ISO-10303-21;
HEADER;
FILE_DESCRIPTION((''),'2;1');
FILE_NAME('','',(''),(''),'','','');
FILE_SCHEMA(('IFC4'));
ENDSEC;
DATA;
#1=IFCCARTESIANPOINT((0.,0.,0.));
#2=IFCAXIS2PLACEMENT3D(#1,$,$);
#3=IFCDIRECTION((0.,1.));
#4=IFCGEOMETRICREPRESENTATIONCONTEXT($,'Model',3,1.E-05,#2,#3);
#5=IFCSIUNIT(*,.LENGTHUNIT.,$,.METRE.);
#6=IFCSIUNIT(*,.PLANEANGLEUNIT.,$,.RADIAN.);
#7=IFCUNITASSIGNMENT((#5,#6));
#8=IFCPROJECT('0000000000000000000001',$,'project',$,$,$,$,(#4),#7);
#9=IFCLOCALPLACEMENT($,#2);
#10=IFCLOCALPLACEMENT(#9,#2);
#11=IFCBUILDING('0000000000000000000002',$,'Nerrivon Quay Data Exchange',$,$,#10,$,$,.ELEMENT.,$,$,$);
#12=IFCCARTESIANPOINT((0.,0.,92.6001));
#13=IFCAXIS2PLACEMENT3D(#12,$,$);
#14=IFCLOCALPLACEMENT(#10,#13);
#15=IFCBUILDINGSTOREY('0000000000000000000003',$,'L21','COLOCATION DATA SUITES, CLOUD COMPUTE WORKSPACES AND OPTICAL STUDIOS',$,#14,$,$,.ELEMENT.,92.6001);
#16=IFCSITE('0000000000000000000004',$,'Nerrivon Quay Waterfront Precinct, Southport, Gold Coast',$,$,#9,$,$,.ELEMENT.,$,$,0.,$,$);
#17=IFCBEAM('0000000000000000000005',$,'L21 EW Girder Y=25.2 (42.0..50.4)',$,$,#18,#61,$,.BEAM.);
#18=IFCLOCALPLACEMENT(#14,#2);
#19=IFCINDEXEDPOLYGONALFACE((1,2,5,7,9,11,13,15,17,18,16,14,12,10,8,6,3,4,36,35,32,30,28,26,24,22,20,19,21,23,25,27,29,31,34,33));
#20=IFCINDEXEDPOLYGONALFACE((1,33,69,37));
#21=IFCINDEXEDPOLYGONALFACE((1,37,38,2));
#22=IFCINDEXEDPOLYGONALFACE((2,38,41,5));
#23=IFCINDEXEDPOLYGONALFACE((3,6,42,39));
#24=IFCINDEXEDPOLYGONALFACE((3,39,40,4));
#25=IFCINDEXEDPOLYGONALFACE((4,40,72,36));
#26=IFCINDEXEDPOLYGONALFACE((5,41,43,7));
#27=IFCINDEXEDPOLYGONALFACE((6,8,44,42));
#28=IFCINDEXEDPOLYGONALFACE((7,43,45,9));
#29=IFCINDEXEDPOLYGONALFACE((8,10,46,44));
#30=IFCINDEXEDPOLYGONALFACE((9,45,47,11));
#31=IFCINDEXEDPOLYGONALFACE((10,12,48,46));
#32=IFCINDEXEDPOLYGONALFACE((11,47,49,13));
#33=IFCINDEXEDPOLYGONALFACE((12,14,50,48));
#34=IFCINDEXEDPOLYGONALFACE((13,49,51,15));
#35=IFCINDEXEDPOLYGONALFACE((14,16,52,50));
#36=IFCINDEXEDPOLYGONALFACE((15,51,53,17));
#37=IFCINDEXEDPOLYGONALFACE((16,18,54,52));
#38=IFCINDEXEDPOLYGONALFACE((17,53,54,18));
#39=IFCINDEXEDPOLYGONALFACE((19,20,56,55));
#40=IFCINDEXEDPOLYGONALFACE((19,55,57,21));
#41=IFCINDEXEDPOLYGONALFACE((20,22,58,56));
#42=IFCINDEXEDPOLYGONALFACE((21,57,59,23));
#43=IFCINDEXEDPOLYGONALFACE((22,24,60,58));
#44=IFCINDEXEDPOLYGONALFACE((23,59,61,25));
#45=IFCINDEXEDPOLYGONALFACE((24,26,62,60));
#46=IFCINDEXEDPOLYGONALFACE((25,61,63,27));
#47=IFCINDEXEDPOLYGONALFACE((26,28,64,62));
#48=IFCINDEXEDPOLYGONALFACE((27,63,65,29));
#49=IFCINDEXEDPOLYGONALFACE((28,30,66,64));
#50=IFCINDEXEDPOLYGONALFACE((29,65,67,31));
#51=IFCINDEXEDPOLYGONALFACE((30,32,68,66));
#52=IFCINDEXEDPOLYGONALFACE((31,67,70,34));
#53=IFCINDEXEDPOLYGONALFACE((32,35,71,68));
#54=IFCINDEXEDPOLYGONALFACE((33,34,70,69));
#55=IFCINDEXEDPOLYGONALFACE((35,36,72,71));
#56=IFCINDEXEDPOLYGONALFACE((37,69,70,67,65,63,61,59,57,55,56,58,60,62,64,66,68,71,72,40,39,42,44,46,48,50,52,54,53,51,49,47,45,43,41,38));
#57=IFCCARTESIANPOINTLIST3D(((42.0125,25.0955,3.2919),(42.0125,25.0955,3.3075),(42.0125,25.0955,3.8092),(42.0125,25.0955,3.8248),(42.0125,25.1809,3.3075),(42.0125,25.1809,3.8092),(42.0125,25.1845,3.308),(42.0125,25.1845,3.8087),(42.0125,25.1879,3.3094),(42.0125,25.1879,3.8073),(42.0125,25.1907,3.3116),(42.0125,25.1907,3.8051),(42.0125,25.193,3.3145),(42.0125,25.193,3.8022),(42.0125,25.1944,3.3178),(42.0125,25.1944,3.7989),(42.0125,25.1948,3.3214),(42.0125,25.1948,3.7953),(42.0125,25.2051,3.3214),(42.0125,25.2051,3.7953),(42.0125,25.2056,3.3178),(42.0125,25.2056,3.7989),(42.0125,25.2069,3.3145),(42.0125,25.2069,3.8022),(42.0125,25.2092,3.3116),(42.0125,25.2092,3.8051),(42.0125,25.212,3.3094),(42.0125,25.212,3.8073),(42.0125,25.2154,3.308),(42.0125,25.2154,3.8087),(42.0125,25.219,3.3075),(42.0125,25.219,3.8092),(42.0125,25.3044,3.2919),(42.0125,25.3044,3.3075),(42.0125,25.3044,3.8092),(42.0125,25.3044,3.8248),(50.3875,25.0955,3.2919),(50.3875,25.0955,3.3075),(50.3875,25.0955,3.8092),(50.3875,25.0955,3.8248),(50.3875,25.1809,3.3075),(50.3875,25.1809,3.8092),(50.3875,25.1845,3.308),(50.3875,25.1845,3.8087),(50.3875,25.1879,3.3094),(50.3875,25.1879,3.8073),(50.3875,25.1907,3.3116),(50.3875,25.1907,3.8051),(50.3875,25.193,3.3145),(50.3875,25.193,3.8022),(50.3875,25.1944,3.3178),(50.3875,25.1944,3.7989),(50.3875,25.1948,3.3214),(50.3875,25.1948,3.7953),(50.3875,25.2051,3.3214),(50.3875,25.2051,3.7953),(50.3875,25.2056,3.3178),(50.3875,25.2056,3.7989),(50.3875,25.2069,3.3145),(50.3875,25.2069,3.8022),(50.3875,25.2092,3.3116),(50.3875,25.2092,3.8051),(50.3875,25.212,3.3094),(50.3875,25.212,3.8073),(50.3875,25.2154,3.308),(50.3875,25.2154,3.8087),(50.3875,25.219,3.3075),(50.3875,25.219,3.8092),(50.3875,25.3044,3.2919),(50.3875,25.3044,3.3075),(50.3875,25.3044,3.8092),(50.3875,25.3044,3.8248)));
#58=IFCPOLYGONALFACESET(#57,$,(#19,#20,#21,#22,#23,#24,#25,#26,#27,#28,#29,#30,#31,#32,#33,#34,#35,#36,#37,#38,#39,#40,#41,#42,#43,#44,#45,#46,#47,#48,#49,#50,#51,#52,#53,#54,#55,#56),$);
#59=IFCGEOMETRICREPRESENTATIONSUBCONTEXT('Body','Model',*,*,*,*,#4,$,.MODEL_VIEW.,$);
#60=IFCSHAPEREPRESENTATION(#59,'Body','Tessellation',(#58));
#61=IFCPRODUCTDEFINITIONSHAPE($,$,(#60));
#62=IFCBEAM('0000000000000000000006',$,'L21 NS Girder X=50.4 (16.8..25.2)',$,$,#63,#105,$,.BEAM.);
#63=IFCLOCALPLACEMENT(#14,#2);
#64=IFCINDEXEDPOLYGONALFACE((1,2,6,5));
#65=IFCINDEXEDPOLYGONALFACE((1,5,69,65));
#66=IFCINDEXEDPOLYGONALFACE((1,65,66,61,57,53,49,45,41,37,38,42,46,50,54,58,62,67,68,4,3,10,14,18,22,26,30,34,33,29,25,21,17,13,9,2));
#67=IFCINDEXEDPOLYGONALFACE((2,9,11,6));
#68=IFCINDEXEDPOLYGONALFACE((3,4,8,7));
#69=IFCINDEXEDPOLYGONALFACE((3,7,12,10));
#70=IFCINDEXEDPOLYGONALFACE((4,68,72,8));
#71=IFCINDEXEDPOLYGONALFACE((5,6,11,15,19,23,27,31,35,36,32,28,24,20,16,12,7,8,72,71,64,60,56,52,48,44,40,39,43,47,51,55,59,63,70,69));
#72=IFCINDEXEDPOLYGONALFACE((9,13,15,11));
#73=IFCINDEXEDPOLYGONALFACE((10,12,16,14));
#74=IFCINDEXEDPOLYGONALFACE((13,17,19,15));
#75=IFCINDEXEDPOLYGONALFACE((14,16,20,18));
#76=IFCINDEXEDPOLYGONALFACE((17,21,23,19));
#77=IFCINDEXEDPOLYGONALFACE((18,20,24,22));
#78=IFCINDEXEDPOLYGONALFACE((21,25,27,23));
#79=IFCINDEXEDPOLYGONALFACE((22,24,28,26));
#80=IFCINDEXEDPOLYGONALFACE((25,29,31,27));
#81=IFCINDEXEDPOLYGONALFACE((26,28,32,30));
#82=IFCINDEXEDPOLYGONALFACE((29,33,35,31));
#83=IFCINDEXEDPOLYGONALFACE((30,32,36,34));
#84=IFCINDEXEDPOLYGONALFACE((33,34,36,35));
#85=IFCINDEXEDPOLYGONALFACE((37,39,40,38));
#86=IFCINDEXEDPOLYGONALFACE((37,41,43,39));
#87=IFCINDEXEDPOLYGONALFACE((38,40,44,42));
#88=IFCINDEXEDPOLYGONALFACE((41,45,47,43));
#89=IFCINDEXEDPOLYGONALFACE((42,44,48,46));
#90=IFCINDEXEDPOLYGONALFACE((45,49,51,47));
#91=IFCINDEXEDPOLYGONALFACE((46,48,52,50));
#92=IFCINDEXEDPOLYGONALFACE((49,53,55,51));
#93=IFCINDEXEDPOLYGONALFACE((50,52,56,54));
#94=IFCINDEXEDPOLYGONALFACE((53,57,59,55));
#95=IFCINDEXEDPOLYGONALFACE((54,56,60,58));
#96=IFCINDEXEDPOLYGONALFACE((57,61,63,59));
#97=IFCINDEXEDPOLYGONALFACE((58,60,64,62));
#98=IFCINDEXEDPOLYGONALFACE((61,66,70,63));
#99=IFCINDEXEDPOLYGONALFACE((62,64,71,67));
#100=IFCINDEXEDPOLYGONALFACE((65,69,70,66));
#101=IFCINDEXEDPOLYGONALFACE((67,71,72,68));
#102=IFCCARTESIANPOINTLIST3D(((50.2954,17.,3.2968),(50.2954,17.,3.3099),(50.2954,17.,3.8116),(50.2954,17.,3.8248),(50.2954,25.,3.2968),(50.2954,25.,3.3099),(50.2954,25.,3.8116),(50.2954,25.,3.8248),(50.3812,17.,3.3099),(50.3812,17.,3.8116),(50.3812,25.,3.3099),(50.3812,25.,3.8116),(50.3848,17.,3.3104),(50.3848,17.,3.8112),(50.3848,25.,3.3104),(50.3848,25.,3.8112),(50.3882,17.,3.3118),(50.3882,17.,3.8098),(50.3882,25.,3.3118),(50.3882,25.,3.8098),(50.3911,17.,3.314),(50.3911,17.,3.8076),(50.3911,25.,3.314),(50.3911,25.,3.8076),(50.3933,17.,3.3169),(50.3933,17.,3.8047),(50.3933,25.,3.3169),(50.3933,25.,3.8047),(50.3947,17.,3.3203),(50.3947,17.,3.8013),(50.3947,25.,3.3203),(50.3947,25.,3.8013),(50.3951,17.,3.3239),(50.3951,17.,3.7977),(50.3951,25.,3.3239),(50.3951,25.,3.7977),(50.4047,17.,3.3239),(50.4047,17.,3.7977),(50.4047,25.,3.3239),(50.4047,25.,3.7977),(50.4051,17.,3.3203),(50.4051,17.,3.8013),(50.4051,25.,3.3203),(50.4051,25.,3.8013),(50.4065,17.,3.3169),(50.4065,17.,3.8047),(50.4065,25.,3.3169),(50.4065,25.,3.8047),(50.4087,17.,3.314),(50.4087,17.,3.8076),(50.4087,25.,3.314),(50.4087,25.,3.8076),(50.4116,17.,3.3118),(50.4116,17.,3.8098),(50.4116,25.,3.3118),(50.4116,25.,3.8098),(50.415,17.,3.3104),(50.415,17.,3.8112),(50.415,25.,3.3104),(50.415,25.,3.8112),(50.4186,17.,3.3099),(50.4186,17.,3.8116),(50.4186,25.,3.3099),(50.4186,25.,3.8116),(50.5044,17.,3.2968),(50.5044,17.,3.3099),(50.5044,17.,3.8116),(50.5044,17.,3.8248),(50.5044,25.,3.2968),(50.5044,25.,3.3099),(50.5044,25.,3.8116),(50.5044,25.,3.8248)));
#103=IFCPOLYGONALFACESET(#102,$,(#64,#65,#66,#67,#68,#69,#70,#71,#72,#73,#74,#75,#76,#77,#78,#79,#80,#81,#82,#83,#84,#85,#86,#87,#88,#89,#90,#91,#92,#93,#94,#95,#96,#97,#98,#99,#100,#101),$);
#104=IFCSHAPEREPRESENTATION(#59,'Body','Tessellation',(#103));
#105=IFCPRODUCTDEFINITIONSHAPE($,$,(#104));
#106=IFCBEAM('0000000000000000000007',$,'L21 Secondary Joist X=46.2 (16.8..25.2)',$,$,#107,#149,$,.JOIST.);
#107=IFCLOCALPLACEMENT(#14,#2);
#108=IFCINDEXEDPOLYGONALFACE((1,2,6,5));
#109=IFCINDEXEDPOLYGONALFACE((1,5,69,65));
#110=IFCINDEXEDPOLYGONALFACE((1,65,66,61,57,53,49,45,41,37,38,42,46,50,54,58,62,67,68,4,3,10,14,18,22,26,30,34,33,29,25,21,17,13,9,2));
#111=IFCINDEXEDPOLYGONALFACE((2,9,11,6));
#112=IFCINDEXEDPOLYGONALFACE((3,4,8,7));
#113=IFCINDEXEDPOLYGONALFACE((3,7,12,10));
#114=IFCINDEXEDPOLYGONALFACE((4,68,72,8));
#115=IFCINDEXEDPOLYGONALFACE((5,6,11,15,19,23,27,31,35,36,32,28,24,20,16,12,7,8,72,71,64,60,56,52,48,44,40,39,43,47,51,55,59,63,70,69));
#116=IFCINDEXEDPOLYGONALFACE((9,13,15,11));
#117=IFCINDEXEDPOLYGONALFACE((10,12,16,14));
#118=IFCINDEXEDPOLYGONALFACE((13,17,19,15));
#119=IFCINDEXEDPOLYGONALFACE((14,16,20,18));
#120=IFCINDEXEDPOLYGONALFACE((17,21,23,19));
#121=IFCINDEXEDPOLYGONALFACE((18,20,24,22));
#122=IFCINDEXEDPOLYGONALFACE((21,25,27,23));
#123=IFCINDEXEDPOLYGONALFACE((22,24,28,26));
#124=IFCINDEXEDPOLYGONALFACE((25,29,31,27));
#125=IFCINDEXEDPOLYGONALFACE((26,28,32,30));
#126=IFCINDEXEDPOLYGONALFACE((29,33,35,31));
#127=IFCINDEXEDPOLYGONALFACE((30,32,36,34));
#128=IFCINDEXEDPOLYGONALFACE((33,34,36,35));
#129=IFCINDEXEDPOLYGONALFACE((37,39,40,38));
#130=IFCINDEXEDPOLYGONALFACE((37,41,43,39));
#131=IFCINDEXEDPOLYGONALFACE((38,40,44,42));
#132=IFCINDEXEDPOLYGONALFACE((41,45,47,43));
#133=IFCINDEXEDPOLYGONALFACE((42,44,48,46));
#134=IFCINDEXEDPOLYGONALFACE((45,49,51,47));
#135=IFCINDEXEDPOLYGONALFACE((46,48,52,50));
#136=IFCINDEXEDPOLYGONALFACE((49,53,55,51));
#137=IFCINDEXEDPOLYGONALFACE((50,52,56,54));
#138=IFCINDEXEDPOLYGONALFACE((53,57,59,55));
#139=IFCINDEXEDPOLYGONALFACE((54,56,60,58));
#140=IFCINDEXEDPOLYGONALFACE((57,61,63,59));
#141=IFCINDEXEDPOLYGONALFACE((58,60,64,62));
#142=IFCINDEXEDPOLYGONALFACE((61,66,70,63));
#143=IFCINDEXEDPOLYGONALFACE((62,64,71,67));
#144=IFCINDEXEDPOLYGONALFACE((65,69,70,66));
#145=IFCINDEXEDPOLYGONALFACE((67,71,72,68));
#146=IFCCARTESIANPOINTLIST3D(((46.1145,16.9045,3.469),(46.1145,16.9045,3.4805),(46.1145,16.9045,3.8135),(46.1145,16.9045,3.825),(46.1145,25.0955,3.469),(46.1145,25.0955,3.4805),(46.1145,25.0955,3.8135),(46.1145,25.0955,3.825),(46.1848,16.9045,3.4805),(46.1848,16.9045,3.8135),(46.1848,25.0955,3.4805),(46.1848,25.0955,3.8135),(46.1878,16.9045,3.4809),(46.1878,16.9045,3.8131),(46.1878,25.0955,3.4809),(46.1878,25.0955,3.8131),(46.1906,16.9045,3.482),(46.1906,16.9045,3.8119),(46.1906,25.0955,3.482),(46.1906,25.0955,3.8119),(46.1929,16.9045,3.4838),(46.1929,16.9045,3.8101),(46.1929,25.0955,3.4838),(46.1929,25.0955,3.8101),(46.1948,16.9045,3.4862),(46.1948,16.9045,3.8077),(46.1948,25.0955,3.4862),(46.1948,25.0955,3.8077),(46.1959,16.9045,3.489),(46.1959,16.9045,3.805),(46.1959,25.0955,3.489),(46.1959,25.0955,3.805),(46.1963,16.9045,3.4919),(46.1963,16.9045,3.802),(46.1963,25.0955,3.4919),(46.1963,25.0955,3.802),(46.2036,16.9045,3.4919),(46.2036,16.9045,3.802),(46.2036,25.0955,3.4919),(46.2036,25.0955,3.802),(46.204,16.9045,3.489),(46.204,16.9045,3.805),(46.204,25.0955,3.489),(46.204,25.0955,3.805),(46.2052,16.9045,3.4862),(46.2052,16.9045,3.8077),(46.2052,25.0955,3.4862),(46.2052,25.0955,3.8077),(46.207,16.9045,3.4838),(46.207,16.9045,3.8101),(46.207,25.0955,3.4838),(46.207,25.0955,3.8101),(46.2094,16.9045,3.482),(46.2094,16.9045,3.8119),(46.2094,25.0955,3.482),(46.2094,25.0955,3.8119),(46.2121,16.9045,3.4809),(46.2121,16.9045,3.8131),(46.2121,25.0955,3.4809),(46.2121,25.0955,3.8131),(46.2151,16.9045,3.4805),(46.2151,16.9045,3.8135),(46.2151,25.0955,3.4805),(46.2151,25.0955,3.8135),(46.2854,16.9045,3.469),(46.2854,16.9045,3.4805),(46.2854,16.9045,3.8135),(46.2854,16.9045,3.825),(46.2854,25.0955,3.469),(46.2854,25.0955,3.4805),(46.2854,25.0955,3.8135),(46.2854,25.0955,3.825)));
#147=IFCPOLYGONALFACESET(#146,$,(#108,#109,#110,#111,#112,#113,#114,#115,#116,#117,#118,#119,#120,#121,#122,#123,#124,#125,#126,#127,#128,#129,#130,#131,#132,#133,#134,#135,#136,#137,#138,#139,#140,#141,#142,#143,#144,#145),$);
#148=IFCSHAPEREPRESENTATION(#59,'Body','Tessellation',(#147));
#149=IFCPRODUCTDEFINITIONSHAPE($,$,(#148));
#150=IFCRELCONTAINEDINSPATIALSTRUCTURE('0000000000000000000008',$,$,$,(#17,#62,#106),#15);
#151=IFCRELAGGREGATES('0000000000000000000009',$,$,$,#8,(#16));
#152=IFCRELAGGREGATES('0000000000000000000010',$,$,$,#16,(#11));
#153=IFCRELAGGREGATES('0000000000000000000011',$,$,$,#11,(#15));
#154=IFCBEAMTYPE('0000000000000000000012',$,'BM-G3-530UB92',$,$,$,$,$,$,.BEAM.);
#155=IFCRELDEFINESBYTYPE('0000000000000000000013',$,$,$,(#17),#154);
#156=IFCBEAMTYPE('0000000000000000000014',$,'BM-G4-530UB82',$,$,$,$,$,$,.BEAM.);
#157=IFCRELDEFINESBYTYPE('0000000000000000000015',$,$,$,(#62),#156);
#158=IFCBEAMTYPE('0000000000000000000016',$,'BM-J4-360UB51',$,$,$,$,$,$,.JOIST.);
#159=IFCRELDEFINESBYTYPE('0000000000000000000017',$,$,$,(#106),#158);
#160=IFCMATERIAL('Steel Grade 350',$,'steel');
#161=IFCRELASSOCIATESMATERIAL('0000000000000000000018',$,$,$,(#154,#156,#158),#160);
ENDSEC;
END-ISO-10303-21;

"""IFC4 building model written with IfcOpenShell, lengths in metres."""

from ifc_helpers import new_model, si_unit, direction, frame, origin, origin_2d, place, context, subcontext, project, spatial, i_section, extrude, material, material_profile, profile_set, type_object, element, save


model = new_model("IFC4")

# Units and contexts
model_context = context("Model", 3, precision=1e-05, world=origin(), true_north=direction((0.0, 1.0)))
body_context = subcontext(model_context, "Body", "Model", "MODEL_VIEW")
ifc_project = project(units=[si_unit("LENGTHUNIT", "METRE"), si_unit("PLANEANGLEUNIT", "RADIAN")], contexts=[model_context])

# Site, building, storey
site_placement = place(None, origin())
site = spatial("IfcSite", under=ifc_project, at=site_placement, Name="Nerrivon Quay Waterfront Precinct, Southport, Gold Coast", CompositionType="ELEMENT", RefElevation=0.0)
building_placement = place(site_placement, origin())
building = spatial("IfcBuilding", under=site, at=building_placement, Name="Nerrivon Quay Data Exchange", CompositionType="ELEMENT")
storey_placement = place(building_placement, frame((0.0, 0.0, 92.6001)))
storey = spatial("IfcBuildingStorey", under=building, at=storey_placement, Name="L21", Description="COLOCATION DATA SUITES, CLOUD COMPUTE WORKSPACES AND OPTICAL STUDIOS", CompositionType="ELEMENT", Elevation=92.6001)

# Shared definitions
ifc_material_1 = material(Name="Steel Grade 350", Category="steel")

# Beams
ifc_material_profile_1 = material_profile(ifc_material_1, i_section(OverallWidth=0.209, OverallDepth=0.533, WebThickness=0.0103, FlangeThickness=0.0156, FilletRadius=0.0139, at=origin_2d()), Name="530UB92.4")
ifc_profile_set_1 = profile_set([ifc_material_profile_1], Name="Steel Grade 350")
beam_type_1 = type_object("IfcBeamType", Name="BM-G3-530UB92", PredefinedType="BEAM", material=ifc_profile_set_1)
beam_1_placement = place(storey_placement, frame((42.0125, 25.2, 3.5583), z_axis=(1.0, 0.0, 0.0), x_axis=(0.0, 1.0, 0.0)))
element("IfcBeam", 1, at=beam_1_placement, inside=storey, type_object=beam_type_1, Name="L21 EW Girder Y=25.2 (42.0..50.4)", PredefinedType="BEAM", context=body_context, shape_type="SweptSolid", body=[
    extrude(i_section(OverallWidth=0.209, OverallDepth=0.533, WebThickness=0.0103, FlangeThickness=0.0156, FilletRadius=0.0139, at=origin_2d()), origin(), (0.0, 0.0, 1.0), 8.375),
])
ifc_material_profile_2 = material_profile(ifc_material_1, i_section(OverallWidth=0.209, OverallDepth=0.5281, WebThickness=0.0095, FlangeThickness=0.0132, FilletRadius=0.0139, at=origin_2d()), Name="530UB82.0")
ifc_profile_set_2 = profile_set([ifc_material_profile_2], Name="Steel Grade 350")
beam_type_2 = type_object("IfcBeamType", Name="BM-G4-530UB82", PredefinedType="BEAM", material=ifc_profile_set_2)
beam_2_placement = place(storey_placement, frame((50.3999, 17.0, 3.5608), z_axis=(0.0, 1.0, 0.0), x_axis=(-1.0, 0.0, 0.0)))
element("IfcBeam", 2, at=beam_2_placement, inside=storey, type_object=beam_type_2, Name="L21 NS Girder X=50.4 (16.8..25.2)", PredefinedType="BEAM", context=body_context, shape_type="SweptSolid", body=[
    extrude(i_section(OverallWidth=0.209, OverallDepth=0.5281, WebThickness=0.0095, FlangeThickness=0.0132, FilletRadius=0.0139, at=origin_2d()), origin(), (0.0, 0.0, 1.0), 8.0),
])
ifc_material_profile_3 = material_profile(ifc_material_1, i_section(OverallWidth=0.1709, OverallDepth=0.356, WebThickness=0.0073, FlangeThickness=0.0115, FilletRadius=0.0115, at=origin_2d()), Name="360UB50.7")
ifc_profile_set_3 = profile_set([ifc_material_profile_3], Name="Steel Grade 350")
beam_type_3 = type_object("IfcBeamType", Name="BM-J4-360UB51", PredefinedType="JOIST", material=ifc_profile_set_3)
beam_3_placement = place(storey_placement, frame((46.2, 16.9045, 3.647), z_axis=(0.0, 1.0, 0.0), x_axis=(-1.0, 0.0, 0.0)))
element("IfcBeam", 3, at=beam_3_placement, inside=storey, type_object=beam_type_3, Name="L21 Secondary Joist X=46.2 (16.8..25.2)", PredefinedType="JOIST", context=body_context, shape_type="SweptSolid", body=[
    extrude(i_section(OverallWidth=0.1709, OverallDepth=0.356, WebThickness=0.0073, FlangeThickness=0.0115, FilletRadius=0.0115, at=origin_2d()), origin(), (0.0, 0.0, 1.0), 8.1909),
])

save(model, "model.ifc")
